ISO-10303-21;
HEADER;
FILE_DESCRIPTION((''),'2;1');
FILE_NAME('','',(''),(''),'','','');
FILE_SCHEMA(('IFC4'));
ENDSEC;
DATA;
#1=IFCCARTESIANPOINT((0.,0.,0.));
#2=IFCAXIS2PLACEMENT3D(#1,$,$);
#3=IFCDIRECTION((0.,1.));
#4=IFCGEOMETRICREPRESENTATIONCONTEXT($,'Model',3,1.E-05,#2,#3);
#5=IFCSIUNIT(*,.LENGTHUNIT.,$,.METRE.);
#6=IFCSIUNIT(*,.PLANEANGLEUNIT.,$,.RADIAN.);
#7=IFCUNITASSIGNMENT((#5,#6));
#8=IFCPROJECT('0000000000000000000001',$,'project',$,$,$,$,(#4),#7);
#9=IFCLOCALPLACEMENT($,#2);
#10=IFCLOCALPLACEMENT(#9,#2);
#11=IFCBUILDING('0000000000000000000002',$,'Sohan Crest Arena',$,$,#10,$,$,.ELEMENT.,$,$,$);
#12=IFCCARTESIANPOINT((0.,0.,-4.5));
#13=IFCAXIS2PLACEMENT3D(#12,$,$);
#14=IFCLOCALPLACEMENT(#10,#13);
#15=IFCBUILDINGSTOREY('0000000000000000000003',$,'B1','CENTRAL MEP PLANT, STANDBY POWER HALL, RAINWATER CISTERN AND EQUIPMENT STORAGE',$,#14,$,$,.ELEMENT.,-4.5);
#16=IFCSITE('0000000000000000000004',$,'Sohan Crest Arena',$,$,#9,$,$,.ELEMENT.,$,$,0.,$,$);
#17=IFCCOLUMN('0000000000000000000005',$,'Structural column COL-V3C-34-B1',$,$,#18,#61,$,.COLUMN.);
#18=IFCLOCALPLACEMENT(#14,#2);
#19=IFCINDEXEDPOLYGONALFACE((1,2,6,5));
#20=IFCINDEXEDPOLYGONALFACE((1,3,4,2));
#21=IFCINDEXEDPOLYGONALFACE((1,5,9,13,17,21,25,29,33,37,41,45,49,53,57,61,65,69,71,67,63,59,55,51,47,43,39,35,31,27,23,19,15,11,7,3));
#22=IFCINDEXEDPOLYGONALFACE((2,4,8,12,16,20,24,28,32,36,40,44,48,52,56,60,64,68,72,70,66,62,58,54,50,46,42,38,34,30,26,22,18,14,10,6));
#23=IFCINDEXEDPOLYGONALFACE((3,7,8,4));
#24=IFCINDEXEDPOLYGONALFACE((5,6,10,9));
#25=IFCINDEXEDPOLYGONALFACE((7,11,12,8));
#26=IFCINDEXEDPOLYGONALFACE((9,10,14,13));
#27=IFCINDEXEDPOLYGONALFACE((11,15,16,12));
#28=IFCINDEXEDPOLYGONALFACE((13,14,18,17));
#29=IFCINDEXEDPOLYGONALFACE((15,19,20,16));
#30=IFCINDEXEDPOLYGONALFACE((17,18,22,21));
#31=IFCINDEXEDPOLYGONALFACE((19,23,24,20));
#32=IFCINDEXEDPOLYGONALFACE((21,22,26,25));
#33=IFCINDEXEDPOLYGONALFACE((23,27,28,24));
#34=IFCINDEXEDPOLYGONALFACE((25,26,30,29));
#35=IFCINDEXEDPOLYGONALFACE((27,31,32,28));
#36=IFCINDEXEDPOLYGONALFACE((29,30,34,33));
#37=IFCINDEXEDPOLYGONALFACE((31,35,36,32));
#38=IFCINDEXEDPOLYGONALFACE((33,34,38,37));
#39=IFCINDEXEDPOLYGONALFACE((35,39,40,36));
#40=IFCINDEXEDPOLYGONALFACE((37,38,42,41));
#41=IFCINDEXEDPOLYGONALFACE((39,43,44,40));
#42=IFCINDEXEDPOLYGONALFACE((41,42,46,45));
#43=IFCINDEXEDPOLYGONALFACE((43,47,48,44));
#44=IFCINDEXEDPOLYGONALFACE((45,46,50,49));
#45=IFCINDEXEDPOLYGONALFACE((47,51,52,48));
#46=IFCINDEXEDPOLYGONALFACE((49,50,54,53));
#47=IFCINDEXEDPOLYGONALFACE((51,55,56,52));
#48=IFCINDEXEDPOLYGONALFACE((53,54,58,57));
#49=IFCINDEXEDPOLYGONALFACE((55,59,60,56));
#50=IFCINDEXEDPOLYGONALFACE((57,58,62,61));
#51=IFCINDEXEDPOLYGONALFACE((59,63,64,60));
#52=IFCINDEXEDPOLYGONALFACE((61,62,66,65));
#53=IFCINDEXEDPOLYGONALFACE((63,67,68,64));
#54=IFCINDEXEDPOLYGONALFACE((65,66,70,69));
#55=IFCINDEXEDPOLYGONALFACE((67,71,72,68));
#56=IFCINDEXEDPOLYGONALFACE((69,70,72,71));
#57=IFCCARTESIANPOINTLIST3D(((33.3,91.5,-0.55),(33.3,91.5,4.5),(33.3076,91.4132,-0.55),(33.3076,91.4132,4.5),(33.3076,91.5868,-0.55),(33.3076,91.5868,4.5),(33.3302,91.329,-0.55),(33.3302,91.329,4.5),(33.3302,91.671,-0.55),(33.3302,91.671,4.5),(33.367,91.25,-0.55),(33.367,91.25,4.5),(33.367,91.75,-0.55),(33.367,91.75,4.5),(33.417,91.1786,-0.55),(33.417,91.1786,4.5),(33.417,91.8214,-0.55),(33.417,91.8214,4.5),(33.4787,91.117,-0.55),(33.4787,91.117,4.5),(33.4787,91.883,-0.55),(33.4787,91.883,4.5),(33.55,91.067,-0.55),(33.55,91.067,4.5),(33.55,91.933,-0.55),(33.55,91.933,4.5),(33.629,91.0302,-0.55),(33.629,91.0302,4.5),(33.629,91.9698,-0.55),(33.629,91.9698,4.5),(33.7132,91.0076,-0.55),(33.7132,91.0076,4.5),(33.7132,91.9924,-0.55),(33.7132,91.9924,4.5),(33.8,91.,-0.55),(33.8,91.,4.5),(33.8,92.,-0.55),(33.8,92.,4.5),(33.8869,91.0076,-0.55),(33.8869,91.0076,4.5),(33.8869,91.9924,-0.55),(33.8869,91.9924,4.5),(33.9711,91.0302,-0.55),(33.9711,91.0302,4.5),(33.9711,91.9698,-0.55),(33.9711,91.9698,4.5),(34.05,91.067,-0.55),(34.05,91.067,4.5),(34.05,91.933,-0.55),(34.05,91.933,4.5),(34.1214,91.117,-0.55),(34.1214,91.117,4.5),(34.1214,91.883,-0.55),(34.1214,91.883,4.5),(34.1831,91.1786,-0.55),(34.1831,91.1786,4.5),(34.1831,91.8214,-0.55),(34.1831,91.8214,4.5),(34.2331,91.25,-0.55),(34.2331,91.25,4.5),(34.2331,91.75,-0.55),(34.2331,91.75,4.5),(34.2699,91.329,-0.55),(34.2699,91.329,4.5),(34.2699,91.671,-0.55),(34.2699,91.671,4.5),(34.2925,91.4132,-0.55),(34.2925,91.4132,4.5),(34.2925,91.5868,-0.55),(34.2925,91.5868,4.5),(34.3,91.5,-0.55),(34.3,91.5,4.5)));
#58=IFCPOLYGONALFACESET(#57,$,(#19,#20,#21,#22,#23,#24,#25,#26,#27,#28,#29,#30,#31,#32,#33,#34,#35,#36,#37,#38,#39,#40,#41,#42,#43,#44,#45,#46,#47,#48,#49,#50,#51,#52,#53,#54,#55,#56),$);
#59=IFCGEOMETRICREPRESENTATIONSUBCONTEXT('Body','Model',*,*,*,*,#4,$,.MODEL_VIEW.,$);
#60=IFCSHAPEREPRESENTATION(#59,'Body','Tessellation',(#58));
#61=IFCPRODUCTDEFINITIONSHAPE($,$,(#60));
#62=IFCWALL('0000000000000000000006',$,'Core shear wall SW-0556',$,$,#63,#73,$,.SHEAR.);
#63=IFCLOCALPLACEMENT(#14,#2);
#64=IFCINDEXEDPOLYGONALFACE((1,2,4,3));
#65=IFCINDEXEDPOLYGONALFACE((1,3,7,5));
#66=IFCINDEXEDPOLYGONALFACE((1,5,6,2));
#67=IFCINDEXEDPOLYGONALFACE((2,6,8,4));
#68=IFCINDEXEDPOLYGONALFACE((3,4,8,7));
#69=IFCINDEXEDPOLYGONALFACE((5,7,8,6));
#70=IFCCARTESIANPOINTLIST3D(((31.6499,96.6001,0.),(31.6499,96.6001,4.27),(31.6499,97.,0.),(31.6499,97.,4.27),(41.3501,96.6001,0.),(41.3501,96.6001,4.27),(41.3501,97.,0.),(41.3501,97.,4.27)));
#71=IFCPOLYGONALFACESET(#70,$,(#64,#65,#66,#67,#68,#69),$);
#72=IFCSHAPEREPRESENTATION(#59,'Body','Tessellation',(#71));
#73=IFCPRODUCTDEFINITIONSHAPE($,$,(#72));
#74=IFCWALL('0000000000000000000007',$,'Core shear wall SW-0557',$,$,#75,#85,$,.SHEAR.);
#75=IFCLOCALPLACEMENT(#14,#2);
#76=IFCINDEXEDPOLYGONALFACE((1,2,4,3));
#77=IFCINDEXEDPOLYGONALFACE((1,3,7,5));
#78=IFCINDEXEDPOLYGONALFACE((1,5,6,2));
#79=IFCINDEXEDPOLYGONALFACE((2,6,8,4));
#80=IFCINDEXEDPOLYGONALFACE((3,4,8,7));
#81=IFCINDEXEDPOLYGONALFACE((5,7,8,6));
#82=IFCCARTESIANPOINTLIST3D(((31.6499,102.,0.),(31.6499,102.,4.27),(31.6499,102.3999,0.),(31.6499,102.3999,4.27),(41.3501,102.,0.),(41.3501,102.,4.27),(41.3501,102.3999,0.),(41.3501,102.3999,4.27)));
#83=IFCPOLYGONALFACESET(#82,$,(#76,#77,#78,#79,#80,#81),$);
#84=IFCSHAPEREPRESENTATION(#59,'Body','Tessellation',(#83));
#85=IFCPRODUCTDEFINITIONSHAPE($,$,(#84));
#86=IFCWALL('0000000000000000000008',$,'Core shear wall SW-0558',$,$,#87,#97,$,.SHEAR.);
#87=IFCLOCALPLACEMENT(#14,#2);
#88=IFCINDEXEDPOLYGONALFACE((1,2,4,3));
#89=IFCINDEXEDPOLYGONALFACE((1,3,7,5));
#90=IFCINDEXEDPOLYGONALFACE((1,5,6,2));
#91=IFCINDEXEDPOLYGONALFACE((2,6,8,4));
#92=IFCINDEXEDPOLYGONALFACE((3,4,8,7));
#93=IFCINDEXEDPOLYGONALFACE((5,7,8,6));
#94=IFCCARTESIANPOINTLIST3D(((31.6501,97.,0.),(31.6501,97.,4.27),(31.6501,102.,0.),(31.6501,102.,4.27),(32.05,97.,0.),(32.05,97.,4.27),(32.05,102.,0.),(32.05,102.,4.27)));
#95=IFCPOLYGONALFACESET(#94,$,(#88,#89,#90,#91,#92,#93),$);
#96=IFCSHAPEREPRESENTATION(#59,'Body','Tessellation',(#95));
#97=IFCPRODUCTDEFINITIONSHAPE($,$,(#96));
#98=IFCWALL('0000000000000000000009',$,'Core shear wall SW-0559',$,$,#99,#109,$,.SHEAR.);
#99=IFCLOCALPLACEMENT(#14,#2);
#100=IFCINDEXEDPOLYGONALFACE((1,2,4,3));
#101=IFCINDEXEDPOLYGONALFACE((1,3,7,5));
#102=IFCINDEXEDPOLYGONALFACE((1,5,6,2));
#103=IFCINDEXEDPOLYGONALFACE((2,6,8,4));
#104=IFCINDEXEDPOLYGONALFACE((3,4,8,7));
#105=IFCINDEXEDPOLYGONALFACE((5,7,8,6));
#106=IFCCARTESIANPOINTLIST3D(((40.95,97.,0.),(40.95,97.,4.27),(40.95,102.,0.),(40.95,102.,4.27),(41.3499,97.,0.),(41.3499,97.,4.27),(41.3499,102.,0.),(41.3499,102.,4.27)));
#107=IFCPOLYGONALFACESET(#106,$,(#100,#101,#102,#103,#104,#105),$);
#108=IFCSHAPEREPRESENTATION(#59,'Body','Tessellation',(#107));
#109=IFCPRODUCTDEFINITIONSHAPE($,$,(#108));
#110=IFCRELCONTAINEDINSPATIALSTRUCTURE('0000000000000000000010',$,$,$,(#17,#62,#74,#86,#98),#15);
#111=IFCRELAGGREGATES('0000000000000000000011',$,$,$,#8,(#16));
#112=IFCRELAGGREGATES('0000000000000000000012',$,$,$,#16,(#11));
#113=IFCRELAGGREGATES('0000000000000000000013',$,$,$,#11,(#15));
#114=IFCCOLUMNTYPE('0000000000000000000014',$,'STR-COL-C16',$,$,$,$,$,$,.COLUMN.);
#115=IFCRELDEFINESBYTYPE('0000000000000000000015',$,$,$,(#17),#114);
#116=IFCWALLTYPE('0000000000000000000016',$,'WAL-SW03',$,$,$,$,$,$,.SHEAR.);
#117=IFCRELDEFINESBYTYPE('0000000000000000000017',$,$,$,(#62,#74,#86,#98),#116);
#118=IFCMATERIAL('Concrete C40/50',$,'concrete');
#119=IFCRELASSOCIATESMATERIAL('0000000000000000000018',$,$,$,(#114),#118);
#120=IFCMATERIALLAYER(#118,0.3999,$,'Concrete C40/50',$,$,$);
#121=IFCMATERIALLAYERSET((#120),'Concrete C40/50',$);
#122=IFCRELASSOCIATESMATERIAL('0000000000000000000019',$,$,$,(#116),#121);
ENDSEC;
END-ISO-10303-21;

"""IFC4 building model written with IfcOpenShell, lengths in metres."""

from ifc_helpers import new_model, si_unit, direction, frame, frame_2d, origin, origin_2d, place, context, subcontext, project, spatial, rectangle, circle, extrude, material, layer, layer_set, material_profile, profile_set, type_object, element, save


model = new_model("IFC4")

# Units and contexts
model_context = context("Model", 3, precision=1e-05, world=origin(), true_north=direction((0.0, 1.0)))
body_context = subcontext(model_context, "Body", "Model", "MODEL_VIEW")
ifc_project = project(units=[si_unit("LENGTHUNIT", "METRE"), si_unit("PLANEANGLEUNIT", "RADIAN")], contexts=[model_context])

# Site, building, storey
site_placement = place(None, origin())
site = spatial("IfcSite", under=ifc_project, at=site_placement, Name="Sohan Crest Arena", CompositionType="ELEMENT", RefElevation=0.0)
building_placement = place(site_placement, origin())
building = spatial("IfcBuilding", under=site, at=building_placement, Name="Sohan Crest Arena", CompositionType="ELEMENT")
storey_placement = place(building_placement, frame((0.0, 0.0, -4.5)))
storey = spatial("IfcBuildingStorey", under=building, at=storey_placement, Name="B1", Description="CENTRAL MEP PLANT, STANDBY POWER HALL, RAINWATER CISTERN AND EQUIPMENT STORAGE", CompositionType="ELEMENT", Elevation=-4.5)

# Shared definitions
ifc_material = material(Name="Concrete C40/50", Category="concrete")

# Column
ifc_material_profile_1 = material_profile(ifc_material, circle(Radius=0.5, at=origin_2d()), Name="RC D1000")
ifc_profile_set_1 = profile_set([ifc_material_profile_1], Name="Concrete C40/50")
column_type_1 = type_object("IfcColumnType", Name="STR-COL-C16", PredefinedType="COLUMN", material=ifc_profile_set_1)
for number, where, z_axis, x_axis, name in (
    (1, (33.8, 91.5, -0.55), (0.0, 0.0, 1.0), (1.0, 0.0, 0.0), "Structural column COL-V3C-34-B1"),
):
    element("IfcColumn", number, at=place(storey_placement, frame(where, z_axis=z_axis, x_axis=x_axis)), inside=storey, type_object=column_type_1, Name=name, PredefinedType="COLUMN", context=body_context, shape_type="SweptSolid", body=[
        extrude(circle(Radius=0.5, at=origin_2d()), origin(), (0.0, 0.0, 1.0), 5.05),
    ])

# Walls
ifc_layer = layer(ifc_material, 0.3999, Name="Concrete C40/50")
ifc_layer_set = layer_set([ifc_layer], Name="Concrete C40/50")
wall_type = type_object("IfcWallType", Name="WAL-SW03", PredefinedType="SHEAR", material=ifc_layer_set)
for number, where, z_axis, x_axis, name in (
    (2, (31.6499, 96.8, 0.0), (0.0, 0.0, 1.0), (1.0, 0.0, 0.0), "Core shear wall SW-0556"),
    (3, (31.6499, 102.2, 0.0), (0.0, 0.0, 1.0), (1.0, 0.0, 0.0), "Core shear wall SW-0557"),
):
    element("IfcWall", number, at=place(storey_placement, frame(where, z_axis=z_axis, x_axis=x_axis)), inside=storey, type_object=wall_type, Name=name, PredefinedType="SHEAR", context=body_context, shape_type="SweptSolid", body=[
        extrude(rectangle(XDim=9.7002, YDim=0.3999, at=frame_2d((4.8501, 0.0))), origin(), (0.0, 0.0, 1.0), 4.27),
    ])
for number, where, z_axis, x_axis, name in (
    (4, (31.8501, 97.0, 0.0), (0.0, 0.0, 1.0), (0.0, 1.0, 0.0), "Core shear wall SW-0558"),
    (5, (41.1499, 97.0, 0.0), (0.0, 0.0, 1.0), (0.0, 1.0, 0.0), "Core shear wall SW-0559"),
):
    element("IfcWall", number, at=place(storey_placement, frame(where, z_axis=z_axis, x_axis=x_axis)), inside=storey, type_object=wall_type, Name=name, PredefinedType="SHEAR", context=body_context, shape_type="SweptSolid", body=[
        extrude(rectangle(XDim=5.0, YDim=0.3999, at=frame_2d((2.5, 0.0))), origin(), (0.0, 0.0, 1.0), 4.27),
    ])

save(model, "model.ifc")
